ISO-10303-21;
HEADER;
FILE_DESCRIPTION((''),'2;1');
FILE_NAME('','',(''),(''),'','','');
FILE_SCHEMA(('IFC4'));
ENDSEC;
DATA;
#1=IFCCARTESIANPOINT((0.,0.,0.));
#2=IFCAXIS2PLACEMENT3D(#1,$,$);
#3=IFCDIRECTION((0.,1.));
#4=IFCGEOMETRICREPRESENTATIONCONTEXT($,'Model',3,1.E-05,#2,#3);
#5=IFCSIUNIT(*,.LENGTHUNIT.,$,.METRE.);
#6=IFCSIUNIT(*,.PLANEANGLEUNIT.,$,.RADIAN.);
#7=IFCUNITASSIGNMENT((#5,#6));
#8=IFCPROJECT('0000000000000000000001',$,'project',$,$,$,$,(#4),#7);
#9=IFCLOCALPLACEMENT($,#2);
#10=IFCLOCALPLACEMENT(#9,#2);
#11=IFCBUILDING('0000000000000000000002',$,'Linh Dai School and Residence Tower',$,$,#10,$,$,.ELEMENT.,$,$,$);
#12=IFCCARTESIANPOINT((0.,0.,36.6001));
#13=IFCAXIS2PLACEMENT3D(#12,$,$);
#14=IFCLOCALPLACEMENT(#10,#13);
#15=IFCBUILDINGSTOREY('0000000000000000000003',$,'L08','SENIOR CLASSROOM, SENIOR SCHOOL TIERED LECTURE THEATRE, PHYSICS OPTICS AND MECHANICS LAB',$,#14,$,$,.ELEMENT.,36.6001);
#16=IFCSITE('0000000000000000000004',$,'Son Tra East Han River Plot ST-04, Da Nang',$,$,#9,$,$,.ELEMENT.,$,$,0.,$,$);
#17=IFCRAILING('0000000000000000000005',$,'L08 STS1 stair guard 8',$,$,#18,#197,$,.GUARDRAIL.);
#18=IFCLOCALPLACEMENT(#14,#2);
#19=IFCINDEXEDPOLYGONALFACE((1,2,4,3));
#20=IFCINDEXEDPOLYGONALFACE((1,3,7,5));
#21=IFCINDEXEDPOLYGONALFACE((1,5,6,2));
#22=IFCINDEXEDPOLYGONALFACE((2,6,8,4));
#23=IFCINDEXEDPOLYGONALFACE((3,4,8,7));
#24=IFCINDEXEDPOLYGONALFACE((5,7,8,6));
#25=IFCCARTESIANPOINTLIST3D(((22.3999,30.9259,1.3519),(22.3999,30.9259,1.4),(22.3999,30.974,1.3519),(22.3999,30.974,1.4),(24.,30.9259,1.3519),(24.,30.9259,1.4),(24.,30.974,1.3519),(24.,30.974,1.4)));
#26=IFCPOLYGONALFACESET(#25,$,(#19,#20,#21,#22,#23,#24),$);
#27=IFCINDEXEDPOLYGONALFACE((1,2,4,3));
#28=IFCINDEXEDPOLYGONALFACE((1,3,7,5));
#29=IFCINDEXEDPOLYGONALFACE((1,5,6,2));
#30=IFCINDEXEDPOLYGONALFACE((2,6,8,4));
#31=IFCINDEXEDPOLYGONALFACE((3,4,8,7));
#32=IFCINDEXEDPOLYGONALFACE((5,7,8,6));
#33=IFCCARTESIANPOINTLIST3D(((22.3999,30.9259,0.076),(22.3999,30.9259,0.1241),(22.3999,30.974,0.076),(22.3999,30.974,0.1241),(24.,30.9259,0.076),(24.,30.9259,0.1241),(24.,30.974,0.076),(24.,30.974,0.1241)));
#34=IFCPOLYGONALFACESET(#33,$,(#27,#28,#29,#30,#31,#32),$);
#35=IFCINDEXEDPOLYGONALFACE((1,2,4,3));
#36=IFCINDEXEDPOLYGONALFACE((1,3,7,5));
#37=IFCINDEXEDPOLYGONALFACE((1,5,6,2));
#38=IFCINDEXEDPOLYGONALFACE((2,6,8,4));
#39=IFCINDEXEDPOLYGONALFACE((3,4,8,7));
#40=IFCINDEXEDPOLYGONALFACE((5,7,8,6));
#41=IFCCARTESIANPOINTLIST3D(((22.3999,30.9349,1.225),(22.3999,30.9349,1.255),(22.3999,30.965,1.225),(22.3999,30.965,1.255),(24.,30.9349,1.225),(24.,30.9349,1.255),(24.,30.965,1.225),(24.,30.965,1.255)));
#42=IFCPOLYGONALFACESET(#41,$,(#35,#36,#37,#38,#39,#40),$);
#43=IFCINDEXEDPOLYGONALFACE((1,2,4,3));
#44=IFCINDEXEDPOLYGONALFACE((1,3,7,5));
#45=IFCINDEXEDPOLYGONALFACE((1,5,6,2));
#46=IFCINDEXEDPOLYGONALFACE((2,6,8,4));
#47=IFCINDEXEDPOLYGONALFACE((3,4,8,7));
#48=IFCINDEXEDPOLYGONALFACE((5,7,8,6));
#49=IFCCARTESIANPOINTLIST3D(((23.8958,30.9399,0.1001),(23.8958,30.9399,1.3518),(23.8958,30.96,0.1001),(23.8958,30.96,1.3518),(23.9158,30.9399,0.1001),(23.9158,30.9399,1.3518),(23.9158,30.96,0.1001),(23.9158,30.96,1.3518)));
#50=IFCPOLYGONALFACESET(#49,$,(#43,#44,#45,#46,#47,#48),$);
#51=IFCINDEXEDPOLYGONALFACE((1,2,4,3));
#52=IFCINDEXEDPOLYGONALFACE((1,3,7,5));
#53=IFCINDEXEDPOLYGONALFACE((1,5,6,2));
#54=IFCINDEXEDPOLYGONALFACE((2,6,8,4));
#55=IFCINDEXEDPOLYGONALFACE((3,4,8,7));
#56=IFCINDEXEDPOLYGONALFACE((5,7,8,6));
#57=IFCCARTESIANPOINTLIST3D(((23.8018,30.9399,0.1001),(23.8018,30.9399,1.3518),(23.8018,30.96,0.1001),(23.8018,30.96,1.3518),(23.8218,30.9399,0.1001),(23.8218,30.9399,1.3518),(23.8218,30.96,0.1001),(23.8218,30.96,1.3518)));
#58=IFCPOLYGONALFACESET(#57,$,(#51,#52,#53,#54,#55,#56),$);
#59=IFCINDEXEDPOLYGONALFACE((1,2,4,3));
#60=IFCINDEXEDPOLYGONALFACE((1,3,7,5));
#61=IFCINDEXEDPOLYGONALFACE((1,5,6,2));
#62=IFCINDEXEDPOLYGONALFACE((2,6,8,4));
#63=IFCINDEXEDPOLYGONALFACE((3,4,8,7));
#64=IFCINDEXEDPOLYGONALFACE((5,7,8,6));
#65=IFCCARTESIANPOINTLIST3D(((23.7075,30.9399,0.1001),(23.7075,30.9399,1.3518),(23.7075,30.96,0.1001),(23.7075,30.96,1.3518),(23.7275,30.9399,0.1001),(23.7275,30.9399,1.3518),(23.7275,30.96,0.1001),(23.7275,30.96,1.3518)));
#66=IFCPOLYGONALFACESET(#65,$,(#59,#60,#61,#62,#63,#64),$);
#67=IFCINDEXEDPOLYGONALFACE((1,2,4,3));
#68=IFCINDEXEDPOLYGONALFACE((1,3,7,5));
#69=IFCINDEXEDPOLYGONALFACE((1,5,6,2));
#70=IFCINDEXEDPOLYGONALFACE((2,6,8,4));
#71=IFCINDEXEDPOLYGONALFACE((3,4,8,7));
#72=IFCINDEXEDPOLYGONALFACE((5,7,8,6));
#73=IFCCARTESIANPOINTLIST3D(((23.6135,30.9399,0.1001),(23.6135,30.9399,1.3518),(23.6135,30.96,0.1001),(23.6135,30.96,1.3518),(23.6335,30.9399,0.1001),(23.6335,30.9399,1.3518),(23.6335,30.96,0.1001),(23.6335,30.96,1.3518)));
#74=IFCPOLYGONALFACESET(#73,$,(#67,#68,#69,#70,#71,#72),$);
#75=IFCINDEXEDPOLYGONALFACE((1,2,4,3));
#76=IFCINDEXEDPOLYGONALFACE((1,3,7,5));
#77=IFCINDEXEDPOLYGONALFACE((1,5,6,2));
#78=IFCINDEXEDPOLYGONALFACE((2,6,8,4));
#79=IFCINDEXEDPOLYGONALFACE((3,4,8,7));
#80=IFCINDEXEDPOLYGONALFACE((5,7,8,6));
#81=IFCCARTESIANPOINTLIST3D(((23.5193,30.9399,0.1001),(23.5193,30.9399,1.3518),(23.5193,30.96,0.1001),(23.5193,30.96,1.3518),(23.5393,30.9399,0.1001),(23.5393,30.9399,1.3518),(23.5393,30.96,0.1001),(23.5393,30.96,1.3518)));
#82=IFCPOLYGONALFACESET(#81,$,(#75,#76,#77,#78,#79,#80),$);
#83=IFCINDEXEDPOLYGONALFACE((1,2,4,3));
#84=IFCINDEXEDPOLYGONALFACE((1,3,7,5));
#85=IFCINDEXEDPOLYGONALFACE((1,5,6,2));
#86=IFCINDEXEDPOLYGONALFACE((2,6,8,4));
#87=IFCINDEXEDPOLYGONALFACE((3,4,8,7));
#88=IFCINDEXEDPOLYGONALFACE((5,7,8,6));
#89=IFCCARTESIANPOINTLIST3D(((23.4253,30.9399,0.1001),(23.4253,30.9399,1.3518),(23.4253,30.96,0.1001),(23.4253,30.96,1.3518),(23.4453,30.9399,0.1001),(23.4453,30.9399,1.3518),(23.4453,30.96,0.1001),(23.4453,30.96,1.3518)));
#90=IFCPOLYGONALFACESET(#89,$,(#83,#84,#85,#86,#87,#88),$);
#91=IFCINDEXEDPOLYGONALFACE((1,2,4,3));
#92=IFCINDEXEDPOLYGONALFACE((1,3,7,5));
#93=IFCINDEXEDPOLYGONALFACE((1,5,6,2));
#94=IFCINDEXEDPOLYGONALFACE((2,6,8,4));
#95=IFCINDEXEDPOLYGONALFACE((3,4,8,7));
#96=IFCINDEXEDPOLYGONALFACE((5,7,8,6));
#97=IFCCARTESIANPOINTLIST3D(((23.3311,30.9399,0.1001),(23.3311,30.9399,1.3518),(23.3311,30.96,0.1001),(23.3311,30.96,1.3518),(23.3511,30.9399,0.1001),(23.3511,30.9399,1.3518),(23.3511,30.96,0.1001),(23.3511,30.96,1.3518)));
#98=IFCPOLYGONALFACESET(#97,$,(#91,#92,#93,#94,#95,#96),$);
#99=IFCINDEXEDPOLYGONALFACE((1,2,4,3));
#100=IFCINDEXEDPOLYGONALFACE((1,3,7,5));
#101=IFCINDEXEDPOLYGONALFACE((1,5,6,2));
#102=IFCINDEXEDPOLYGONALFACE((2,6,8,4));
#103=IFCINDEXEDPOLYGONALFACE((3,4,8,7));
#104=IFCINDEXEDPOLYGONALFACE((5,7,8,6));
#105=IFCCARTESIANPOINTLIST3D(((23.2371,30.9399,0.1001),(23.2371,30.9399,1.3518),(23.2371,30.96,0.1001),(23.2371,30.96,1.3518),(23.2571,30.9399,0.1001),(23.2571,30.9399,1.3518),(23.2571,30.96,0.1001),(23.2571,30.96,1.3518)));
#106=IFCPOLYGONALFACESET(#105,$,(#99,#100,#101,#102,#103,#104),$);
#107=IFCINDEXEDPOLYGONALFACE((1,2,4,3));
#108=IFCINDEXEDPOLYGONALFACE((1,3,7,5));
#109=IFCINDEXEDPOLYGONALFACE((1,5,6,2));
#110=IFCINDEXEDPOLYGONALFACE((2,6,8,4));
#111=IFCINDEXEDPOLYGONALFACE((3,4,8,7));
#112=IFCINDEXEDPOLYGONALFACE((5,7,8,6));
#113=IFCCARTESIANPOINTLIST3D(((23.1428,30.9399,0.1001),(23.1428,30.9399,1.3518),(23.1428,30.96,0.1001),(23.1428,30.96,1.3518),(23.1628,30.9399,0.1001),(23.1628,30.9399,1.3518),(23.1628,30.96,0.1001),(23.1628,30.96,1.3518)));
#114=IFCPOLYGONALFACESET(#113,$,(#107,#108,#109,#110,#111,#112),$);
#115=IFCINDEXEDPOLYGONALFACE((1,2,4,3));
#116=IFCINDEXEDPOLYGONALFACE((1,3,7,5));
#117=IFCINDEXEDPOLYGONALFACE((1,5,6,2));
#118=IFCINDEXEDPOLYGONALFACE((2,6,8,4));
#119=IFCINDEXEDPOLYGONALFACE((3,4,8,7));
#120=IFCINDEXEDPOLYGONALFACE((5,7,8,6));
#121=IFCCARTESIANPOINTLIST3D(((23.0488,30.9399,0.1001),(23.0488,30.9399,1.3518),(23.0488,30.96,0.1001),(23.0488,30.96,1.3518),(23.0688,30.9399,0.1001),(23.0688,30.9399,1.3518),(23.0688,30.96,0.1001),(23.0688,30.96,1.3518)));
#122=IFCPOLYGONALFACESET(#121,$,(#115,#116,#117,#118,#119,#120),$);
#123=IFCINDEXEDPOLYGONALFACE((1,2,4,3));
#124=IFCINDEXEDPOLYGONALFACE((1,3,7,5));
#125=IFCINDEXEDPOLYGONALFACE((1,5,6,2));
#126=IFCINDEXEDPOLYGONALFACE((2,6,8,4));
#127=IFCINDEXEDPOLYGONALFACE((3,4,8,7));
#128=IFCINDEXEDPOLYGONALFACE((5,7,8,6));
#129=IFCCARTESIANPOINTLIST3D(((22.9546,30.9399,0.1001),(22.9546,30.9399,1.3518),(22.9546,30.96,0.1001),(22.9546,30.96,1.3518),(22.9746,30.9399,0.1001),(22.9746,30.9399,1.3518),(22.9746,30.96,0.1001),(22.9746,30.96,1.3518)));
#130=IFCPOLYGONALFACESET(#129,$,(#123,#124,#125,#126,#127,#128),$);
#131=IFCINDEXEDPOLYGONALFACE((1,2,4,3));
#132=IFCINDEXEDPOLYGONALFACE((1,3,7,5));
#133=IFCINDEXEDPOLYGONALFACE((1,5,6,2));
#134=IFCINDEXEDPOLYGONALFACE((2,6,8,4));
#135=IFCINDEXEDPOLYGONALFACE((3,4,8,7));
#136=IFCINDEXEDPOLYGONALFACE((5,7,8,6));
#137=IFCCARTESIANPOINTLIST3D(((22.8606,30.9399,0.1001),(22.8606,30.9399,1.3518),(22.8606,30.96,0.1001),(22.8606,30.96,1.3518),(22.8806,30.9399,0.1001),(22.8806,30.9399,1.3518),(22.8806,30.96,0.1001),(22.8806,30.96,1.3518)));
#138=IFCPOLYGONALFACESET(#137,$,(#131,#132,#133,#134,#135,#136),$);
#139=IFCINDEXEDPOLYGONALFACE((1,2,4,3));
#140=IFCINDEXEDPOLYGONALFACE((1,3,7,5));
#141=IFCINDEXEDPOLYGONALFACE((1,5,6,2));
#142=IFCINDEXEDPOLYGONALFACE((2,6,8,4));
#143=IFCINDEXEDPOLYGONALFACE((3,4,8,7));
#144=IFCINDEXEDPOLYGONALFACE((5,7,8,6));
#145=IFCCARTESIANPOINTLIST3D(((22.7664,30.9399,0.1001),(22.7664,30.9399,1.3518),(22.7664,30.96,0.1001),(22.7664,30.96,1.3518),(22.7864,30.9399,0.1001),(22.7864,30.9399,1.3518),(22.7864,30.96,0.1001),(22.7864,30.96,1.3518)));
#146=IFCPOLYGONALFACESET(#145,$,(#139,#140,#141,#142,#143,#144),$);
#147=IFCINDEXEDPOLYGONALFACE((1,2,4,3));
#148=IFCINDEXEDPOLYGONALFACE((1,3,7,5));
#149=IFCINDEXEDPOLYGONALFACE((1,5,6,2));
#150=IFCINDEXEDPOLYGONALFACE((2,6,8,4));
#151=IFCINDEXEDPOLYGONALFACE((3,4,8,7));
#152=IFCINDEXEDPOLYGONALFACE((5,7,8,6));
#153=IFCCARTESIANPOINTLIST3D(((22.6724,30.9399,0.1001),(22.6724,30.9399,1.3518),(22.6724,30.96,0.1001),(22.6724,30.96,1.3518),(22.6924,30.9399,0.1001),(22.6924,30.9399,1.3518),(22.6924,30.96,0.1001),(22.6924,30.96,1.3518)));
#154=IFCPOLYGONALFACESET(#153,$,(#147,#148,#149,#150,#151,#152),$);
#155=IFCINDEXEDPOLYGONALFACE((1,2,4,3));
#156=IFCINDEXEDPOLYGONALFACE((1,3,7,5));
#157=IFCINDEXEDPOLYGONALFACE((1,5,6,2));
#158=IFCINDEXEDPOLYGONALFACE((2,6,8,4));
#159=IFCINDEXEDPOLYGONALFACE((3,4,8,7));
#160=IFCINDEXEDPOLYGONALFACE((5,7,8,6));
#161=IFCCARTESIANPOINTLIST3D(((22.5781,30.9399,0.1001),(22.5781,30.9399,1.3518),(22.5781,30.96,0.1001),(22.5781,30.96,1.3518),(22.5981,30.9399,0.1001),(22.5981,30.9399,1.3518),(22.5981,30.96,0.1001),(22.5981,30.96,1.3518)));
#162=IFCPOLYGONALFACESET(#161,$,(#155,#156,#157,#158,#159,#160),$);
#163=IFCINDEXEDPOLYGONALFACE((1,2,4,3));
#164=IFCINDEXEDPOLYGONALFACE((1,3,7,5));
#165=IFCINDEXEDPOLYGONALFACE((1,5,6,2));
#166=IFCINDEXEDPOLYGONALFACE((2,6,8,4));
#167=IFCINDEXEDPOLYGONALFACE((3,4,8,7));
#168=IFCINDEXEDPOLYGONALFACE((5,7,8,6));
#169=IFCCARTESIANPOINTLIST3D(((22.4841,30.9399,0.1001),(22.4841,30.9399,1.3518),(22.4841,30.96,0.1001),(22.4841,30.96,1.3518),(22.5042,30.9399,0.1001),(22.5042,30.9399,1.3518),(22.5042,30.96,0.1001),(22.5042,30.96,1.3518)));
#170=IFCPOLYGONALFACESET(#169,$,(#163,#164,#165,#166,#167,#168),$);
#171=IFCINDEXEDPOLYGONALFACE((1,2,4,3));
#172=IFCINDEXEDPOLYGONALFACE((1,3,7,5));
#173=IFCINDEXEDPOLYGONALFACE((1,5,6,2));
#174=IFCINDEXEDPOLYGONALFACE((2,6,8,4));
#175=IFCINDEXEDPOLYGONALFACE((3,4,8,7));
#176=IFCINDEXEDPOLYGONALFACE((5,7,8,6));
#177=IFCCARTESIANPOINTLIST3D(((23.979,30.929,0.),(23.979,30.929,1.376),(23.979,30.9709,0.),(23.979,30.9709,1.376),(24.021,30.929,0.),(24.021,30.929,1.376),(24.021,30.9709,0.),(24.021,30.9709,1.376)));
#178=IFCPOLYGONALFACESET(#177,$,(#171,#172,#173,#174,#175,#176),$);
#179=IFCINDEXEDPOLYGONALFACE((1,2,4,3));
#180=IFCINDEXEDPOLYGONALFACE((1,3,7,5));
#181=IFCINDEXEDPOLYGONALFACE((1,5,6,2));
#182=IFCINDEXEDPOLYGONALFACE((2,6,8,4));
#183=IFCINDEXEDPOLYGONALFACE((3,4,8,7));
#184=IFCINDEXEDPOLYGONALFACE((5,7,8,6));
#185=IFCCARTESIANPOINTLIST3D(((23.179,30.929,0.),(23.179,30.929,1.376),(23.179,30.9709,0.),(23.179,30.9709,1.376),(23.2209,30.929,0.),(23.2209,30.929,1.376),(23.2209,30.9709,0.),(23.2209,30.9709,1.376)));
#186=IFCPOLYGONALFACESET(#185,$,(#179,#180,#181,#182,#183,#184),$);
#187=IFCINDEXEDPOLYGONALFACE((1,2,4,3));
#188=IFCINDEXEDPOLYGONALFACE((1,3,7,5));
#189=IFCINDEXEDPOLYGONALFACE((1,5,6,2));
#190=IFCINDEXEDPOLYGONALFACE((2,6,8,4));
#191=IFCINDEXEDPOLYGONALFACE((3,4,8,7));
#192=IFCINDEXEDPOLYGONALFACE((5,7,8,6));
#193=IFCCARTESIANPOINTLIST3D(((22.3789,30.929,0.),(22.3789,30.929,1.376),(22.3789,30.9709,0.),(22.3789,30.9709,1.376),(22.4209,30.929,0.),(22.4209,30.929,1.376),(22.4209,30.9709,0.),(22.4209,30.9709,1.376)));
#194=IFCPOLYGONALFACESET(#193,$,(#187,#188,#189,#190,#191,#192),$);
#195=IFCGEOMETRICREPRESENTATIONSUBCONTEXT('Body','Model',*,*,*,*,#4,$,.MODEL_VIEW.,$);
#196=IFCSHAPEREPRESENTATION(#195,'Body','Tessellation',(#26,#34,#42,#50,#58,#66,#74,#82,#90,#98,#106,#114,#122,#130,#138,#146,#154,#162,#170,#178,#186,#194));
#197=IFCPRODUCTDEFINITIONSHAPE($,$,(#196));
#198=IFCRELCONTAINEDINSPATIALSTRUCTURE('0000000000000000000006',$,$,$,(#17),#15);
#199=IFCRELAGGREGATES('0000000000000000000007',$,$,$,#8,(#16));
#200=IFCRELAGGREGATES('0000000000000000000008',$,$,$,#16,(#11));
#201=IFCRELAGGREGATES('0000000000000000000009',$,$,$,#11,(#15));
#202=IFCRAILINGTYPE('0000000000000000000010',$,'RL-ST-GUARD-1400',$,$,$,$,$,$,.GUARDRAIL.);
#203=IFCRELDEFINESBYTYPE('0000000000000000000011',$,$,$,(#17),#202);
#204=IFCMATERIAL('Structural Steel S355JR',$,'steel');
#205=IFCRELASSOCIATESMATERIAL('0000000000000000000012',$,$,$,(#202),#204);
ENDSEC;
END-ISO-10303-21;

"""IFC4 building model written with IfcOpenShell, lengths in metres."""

from ifc_helpers import new_model, si_unit, direction, frame, origin, origin_2d, place, context, subcontext, project, spatial, rectangle, extrude, source, transform, mapped, material, type_object, element, save


model = new_model("IFC4")

# Units and contexts
model_context = context("Model", 3, precision=1e-05, world=origin(), true_north=direction((0.0, 1.0)))
body_context = subcontext(model_context, "Body", "Model", "MODEL_VIEW")
ifc_project = project(units=[si_unit("LENGTHUNIT", "METRE"), si_unit("PLANEANGLEUNIT", "RADIAN")], contexts=[model_context])

# Site, building, storey
site_placement = place(None, origin())
site = spatial("IfcSite", under=ifc_project, at=site_placement, Name="Son Tra East Han River Plot ST-04, Da Nang", CompositionType="ELEMENT", RefElevation=0.0)
building_placement = place(site_placement, origin())
building = spatial("IfcBuilding", under=site, at=building_placement, Name="Linh Dai School and Residence Tower", CompositionType="ELEMENT")
storey_placement = place(building_placement, frame((0.0, 0.0, 36.6001)))
storey = spatial("IfcBuildingStorey", under=building, at=storey_placement, Name="L08", Description="SENIOR CLASSROOM, SENIOR SCHOOL TIERED LECTURE THEATRE, PHYSICS OPTICS AND MECHANICS LAB", CompositionType="ELEMENT", Elevation=36.6001)

# Shared definitions
ifc_material_1 = material(Name="Structural Steel S355JR", Category="steel")

# Railing
railing_type_1 = type_object("IfcRailingType", Name="RL-ST-GUARD-1400", PredefinedType="GUARDRAIL", material=ifc_material_1)
shared_shape_1 = source(origin(), body_context, "Body", "SweptSolid", [
    extrude(rectangle(XDim=0.0481, YDim=0.0481, at=origin_2d()), frame((0.0, 0.0, 1.376), z_axis=(-1.0, 0.0, 0.0), x_axis=(0.0, -1.0, 0.0)), (0.0, 0.0, 1.0), 1.6001),
    extrude(rectangle(XDim=0.0481, YDim=0.0481, at=origin_2d()), frame((0.0, 0.0, 0.1001), z_axis=(-1.0, 0.0, 0.0), x_axis=(0.0, -1.0, 0.0)), (0.0, 0.0, 1.0), 1.6001),
    extrude(rectangle(XDim=0.03, YDim=0.03, at=origin_2d()), frame((0.0, 0.0, 1.24), z_axis=(-1.0, 0.0, 0.0), x_axis=(0.0, -1.0, 0.0)), (0.0, 0.0, 1.0), 1.6001),
    extrude(rectangle(XDim=0.02, YDim=0.02, at=origin_2d()), frame((-0.0942, 0.0, 0.1001)), (0.0, 0.0, 1.0), 1.2517),
    extrude(rectangle(XDim=0.02, YDim=0.02, at=origin_2d()), frame((-0.1882, 0.0, 0.1001)), (0.0, 0.0, 1.0), 1.2517),
    extrude(rectangle(XDim=0.02, YDim=0.02, at=origin_2d()), frame((-0.2825, 0.0, 0.1001)), (0.0, 0.0, 1.0), 1.2517),
    extrude(rectangle(XDim=0.02, YDim=0.02, at=origin_2d()), frame((-0.3765, 0.0, 0.1001)), (0.0, 0.0, 1.0), 1.2517),
    extrude(rectangle(XDim=0.02, YDim=0.02, at=origin_2d()), frame((-0.4707, 0.0, 0.1001)), (0.0, 0.0, 1.0), 1.2517),
    extrude(rectangle(XDim=0.02, YDim=0.02, at=origin_2d()), frame((-0.5647, 0.0, 0.1001)), (0.0, 0.0, 1.0), 1.2517),
    extrude(rectangle(XDim=0.02, YDim=0.02, at=origin_2d()), frame((-0.6589, 0.0, 0.1001)), (0.0, 0.0, 1.0), 1.2517),
    extrude(rectangle(XDim=0.02, YDim=0.02, at=origin_2d()), frame((-0.7529, 0.0, 0.1001)), (0.0, 0.0, 1.0), 1.2517),
    extrude(rectangle(XDim=0.02, YDim=0.02, at=origin_2d()), frame((-0.8472, 0.0, 0.1001)), (0.0, 0.0, 1.0), 1.2517),
    extrude(rectangle(XDim=0.02, YDim=0.02, at=origin_2d()), frame((-0.9412, 0.0, 0.1001)), (0.0, 0.0, 1.0), 1.2517),
    extrude(rectangle(XDim=0.02, YDim=0.02, at=origin_2d()), frame((-1.0354, 0.0, 0.1001)), (0.0, 0.0, 1.0), 1.2517),
    extrude(rectangle(XDim=0.02, YDim=0.02, at=origin_2d()), frame((-1.1294, 0.0, 0.1001)), (0.0, 0.0, 1.0), 1.2517),
    extrude(rectangle(XDim=0.02, YDim=0.02, at=origin_2d()), frame((-1.2236, 0.0, 0.1001)), (0.0, 0.0, 1.0), 1.2517),
    extrude(rectangle(XDim=0.02, YDim=0.02, at=origin_2d()), frame((-1.3176, 0.0, 0.1001)), (0.0, 0.0, 1.0), 1.2517),
    extrude(rectangle(XDim=0.02, YDim=0.02, at=origin_2d()), frame((-1.4119, 0.0, 0.1001)), (0.0, 0.0, 1.0), 1.2517),
    extrude(rectangle(XDim=0.02, YDim=0.02, at=origin_2d()), frame((-1.5059, 0.0, 0.1001)), (0.0, 0.0, 1.0), 1.2517),
    extrude(rectangle(XDim=0.042, YDim=0.042, at=origin_2d()), origin(), (0.0, 0.0, 1.0), 1.376),
    extrude(rectangle(XDim=0.042, YDim=0.042, at=origin_2d()), frame((-0.8, 0.0, 0.0)), (0.0, 0.0, 1.0), 1.376),
    extrude(rectangle(XDim=0.042, YDim=0.042, at=origin_2d()), frame((-1.6001, 0.0, 0.0)), (0.0, 0.0, 1.0), 1.376),
])
for number, where, name in (
    (1, (24.0, 30.95, 0.0), "L08 STS1 stair guard 8"),
):
    element("IfcRailing", number, at=place(storey_placement, frame(where)), inside=storey, type_object=railing_type_1, Name=name, PredefinedType="GUARDRAIL", context=body_context, shape_type="MappedRepresentation", body=[
        mapped(shared_shape_1, transform((0.0, 0.0, 0.0), x_axis=(1.0, 0.0, 0.0), y_axis=(0.0, 1.0, 0.0), z_axis=(0.0, 0.0, 1.0), scale=1.0)),
    ])

save(model, "model.ifc")
